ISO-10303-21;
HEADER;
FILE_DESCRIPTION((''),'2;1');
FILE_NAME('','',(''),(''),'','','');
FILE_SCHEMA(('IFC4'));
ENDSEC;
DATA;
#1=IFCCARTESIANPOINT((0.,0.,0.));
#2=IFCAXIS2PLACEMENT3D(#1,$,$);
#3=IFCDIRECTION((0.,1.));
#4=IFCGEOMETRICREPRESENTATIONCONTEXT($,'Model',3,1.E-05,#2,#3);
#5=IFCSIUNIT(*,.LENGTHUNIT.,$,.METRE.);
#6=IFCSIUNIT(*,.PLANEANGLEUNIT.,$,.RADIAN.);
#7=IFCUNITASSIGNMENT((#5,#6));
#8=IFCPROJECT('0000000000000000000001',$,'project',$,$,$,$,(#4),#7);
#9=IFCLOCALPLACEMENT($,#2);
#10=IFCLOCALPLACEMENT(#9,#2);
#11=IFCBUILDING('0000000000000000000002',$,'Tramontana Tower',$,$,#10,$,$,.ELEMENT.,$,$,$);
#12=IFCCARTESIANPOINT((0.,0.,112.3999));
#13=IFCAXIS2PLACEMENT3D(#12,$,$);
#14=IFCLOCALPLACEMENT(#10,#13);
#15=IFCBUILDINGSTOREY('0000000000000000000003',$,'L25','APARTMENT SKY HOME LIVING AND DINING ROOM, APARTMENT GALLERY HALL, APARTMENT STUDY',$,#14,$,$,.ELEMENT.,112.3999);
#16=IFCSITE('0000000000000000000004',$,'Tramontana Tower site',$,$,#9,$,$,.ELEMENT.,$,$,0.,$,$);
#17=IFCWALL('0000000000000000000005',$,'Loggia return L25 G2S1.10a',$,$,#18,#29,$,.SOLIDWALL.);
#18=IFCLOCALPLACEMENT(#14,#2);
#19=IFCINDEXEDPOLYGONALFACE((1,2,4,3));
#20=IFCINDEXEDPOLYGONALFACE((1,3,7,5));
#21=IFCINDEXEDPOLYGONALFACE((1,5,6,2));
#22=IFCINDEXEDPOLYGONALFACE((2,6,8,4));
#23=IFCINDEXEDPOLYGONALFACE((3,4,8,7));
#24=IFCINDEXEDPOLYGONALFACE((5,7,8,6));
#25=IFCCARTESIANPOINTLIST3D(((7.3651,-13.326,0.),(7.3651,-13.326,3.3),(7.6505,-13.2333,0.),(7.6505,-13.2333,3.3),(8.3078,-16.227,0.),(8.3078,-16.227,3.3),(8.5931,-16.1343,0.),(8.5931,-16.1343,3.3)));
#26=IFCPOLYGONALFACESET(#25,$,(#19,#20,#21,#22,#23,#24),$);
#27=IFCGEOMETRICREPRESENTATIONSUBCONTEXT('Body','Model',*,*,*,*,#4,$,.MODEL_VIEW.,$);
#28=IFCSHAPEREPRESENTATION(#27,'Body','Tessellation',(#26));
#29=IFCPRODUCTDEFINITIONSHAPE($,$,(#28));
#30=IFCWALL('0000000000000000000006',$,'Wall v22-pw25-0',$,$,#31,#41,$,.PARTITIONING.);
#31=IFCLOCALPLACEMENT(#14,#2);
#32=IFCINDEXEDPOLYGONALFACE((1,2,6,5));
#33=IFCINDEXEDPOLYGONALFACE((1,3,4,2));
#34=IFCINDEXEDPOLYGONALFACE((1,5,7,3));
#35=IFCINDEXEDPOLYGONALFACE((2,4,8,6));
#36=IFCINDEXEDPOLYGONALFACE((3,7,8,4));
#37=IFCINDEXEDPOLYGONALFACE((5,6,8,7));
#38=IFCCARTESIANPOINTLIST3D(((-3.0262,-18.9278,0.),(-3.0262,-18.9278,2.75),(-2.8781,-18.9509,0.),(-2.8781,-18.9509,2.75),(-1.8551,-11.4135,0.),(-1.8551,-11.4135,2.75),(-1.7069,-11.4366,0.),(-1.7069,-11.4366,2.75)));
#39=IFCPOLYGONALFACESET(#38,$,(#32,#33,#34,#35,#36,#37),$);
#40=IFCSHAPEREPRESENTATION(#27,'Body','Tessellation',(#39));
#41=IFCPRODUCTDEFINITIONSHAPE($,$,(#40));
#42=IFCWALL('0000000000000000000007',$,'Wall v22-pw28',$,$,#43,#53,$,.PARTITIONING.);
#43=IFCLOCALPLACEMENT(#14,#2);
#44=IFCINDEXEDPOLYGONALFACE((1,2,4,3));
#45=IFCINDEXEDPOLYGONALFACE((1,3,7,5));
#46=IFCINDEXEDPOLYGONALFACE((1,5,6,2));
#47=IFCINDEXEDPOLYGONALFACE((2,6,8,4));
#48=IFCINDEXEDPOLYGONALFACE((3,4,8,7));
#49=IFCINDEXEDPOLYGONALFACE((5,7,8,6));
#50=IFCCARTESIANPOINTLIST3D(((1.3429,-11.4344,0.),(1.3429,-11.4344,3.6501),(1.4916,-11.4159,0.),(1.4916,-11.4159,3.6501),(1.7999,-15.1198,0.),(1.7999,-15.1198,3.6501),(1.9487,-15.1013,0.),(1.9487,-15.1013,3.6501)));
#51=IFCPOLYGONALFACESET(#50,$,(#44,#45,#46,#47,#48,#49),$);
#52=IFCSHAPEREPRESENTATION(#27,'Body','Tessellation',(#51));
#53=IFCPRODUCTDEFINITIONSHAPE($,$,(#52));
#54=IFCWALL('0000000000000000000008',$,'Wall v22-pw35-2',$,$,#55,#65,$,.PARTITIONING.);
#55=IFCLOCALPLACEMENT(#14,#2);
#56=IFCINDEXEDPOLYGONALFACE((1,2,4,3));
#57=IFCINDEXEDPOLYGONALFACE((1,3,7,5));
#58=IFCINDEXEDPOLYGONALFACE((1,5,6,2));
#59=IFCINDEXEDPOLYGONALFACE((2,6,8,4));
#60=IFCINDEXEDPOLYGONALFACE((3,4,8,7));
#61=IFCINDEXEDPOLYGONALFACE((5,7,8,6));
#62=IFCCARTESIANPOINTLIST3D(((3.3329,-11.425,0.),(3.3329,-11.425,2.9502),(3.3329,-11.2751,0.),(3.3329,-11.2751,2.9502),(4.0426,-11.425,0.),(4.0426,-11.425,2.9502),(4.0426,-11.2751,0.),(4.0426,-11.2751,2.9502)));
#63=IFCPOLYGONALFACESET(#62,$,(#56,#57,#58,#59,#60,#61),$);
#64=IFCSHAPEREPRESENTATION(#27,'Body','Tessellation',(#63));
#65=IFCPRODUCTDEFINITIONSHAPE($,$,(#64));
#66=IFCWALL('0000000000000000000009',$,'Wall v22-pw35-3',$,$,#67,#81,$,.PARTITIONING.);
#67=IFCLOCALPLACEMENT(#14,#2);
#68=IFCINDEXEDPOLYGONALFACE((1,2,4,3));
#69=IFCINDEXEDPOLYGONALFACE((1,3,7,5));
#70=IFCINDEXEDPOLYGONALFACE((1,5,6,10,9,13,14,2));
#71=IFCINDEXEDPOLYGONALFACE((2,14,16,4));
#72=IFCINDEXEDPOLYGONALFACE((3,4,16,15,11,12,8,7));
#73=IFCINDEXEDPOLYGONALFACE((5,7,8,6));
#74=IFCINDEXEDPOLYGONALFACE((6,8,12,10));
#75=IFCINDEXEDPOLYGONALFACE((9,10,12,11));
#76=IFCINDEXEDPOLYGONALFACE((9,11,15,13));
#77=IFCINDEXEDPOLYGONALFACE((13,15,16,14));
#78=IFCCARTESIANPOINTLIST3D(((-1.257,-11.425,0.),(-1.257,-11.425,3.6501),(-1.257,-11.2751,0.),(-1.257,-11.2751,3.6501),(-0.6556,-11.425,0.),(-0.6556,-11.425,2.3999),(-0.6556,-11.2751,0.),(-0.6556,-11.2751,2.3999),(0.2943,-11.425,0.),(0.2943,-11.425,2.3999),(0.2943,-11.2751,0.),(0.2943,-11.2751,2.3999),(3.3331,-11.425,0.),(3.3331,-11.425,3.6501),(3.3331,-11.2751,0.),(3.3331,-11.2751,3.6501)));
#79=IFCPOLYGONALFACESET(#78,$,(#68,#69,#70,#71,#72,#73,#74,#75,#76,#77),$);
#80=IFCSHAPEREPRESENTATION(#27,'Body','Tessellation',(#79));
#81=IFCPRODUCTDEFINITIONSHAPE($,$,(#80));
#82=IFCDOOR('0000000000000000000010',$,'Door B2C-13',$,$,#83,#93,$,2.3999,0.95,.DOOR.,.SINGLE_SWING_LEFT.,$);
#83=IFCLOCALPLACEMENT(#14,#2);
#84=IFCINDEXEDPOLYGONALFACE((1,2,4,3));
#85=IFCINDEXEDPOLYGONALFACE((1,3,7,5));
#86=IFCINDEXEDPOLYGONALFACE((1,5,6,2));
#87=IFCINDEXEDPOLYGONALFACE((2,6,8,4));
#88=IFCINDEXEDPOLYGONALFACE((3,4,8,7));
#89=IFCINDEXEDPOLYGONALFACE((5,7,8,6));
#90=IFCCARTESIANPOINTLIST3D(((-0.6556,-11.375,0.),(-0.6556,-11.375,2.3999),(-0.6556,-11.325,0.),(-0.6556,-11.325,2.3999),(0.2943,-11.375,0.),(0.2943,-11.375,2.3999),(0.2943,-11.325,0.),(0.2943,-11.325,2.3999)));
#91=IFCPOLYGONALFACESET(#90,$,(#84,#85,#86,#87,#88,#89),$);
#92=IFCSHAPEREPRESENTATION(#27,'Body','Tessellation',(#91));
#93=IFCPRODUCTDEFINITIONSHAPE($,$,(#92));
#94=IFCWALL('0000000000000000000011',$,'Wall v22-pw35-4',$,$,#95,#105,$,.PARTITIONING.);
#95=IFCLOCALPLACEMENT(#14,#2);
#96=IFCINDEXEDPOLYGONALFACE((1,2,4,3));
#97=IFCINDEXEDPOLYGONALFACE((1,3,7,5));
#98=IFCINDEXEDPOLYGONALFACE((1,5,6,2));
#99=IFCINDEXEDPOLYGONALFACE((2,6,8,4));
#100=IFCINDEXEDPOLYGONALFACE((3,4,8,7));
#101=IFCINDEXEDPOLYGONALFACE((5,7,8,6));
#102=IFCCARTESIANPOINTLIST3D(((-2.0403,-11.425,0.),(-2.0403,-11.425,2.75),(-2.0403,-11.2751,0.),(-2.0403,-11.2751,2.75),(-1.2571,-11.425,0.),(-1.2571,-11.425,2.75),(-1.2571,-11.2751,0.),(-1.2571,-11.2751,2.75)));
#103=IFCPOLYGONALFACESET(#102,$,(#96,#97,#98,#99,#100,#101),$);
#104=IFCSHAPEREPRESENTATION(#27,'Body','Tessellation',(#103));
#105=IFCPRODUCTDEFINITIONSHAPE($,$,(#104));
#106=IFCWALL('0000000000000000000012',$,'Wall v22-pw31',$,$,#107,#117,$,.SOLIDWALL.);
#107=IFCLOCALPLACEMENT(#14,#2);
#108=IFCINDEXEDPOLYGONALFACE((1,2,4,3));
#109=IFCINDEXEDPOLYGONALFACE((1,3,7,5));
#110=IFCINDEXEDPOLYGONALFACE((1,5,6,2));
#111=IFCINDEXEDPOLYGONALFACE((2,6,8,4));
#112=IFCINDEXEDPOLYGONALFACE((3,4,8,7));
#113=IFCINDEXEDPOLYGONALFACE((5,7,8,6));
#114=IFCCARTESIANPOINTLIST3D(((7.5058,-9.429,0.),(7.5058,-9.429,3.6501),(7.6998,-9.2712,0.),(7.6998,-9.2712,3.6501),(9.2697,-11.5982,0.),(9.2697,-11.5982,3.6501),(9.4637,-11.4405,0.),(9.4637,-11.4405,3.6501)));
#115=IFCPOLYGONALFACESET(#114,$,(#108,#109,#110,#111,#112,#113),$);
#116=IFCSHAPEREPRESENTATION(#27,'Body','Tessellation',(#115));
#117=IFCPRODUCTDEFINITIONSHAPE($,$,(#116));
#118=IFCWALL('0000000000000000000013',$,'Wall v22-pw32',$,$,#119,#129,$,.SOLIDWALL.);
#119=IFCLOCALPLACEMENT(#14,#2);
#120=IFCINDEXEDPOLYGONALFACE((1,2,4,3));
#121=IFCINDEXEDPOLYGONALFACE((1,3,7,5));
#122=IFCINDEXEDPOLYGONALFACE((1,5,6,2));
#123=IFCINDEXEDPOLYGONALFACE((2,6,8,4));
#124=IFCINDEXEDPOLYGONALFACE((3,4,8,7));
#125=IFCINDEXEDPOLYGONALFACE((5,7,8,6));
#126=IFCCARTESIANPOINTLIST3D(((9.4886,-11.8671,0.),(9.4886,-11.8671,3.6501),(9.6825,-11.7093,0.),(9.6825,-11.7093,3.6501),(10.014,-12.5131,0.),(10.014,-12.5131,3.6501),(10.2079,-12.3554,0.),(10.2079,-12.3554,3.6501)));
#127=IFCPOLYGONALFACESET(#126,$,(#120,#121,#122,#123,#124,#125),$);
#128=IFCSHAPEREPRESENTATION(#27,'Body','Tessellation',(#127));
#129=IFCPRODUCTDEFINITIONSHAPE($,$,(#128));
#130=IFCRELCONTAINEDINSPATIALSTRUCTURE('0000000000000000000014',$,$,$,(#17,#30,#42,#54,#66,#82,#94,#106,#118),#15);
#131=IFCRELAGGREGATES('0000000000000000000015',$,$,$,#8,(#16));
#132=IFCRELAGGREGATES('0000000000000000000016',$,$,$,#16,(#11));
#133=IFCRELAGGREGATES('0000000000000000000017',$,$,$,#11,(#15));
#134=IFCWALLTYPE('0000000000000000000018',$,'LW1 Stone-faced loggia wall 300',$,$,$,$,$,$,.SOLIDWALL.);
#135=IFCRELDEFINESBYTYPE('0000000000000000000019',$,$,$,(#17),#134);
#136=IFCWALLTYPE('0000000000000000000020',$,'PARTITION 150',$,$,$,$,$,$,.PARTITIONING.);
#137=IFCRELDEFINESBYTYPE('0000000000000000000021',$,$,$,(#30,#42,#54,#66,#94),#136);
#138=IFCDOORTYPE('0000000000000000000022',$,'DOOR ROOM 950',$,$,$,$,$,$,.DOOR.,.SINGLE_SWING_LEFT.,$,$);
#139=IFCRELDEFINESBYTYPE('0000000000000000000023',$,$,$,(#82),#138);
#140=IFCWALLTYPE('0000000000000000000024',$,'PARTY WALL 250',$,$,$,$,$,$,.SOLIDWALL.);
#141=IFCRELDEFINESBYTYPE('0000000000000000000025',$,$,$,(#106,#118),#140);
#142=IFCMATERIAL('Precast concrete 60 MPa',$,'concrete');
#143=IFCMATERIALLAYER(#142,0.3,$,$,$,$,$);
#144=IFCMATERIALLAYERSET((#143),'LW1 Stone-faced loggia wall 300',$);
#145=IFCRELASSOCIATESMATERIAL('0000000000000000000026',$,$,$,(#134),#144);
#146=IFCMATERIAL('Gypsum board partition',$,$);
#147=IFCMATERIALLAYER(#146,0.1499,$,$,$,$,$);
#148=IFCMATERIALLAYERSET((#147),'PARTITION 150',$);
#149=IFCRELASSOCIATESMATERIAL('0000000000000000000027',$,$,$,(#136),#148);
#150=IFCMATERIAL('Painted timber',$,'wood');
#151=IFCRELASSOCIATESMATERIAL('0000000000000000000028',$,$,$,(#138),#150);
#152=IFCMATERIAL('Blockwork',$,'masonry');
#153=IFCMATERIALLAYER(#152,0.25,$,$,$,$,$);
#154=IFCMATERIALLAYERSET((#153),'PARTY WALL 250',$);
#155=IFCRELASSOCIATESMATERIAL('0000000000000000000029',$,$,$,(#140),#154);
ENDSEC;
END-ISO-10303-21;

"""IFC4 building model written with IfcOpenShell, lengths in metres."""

from ifc_helpers import new_model, si_unit, direction, frame, frame_2d, origin, place, context, subcontext, project, spatial, rectangle, extrude, material, layer, layer_set, type_object, element, fill, save


model = new_model("IFC4")

# Units and contexts
model_context = context("Model", 3, precision=1e-05, world=origin(), true_north=direction((0.0, 1.0)))
body_context = subcontext(model_context, "Body", "Model", "MODEL_VIEW")
ifc_project = project(units=[si_unit("LENGTHUNIT", "METRE"), si_unit("PLANEANGLEUNIT", "RADIAN")], contexts=[model_context])

# Site, building, storey
site_placement = place(None, origin())
site = spatial("IfcSite", under=ifc_project, at=site_placement, Name="Tramontana Tower site", CompositionType="ELEMENT", RefElevation=0.0)
building_placement = place(site_placement, origin())
building = spatial("IfcBuilding", under=site, at=building_placement, Name="Tramontana Tower", CompositionType="ELEMENT")
storey_placement = place(building_placement, frame((0.0, 0.0, 112.3999)))
storey = spatial("IfcBuildingStorey", under=building, at=storey_placement, Name="L25", Description="APARTMENT SKY HOME LIVING AND DINING ROOM, APARTMENT GALLERY HALL, APARTMENT STUDY", CompositionType="ELEMENT", Elevation=112.3999)

# Shared definitions
ifc_material_1 = material(Name="Precast concrete 60 MPa", Category="concrete")
ifc_layer_1 = layer(ifc_material_1, 0.3)
ifc_layer_set_1 = layer_set([ifc_layer_1], Name="LW1 Stone-faced loggia wall 300")
wall_type_1 = type_object("IfcWallType", Name="LW1 Stone-faced loggia wall 300", PredefinedType="SOLIDWALL", material=ifc_layer_set_1)

# Walls
wall_1_placement = place(storey_placement, frame((8.4504, -16.1807, 0.0), z_axis=(0.0, 0.0, 1.0), x_axis=(-0.309039, 0.951049, 0.0)))
element("IfcWall", 1, at=wall_1_placement, inside=storey, type_object=wall_type_1, Name="Loggia return L25 G2S1.10a", PredefinedType="SOLIDWALL", context=body_context, shape_type="SweptSolid", body=[
    extrude(rectangle(XDim=3.0503, YDim=0.3, at=frame_2d((1.5251, 0.0))), origin(), (0.0, 0.0, 1.0), 3.3),
])
ifc_material_2 = material(Name="Gypsum board partition")
ifc_layer_2 = layer(ifc_material_2, 0.1499)
ifc_layer_set_2 = layer_set([ifc_layer_2], Name="PARTITION 150")
wall_type_2 = type_object("IfcWallType", Name="PARTITION 150", PredefinedType="PARTITIONING", material=ifc_layer_set_2)
wall_2_placement = place(storey_placement, frame((-1.781, -11.425, 0.0), z_axis=(0.0, 0.0, 1.0), x_axis=(-0.153999, -0.988071, 0.0)))
element("IfcWall", 2, at=wall_2_placement, inside=storey, type_object=wall_type_2, Name="Wall v22-pw25-0", PredefinedType="PARTITIONING", context=body_context, shape_type="SweptSolid", body=[
    extrude(rectangle(XDim=7.605, YDim=0.1499, at=frame_2d((3.8025, 0.0))), origin(), (0.0, 0.0, 1.0), 2.75),
])
wall_3_placement = place(storey_placement, frame((1.4172, -11.425, 0.0), z_axis=(0.0, 0.0, 1.0), x_axis=(0.123072, -0.992398, 0.0)))
element("IfcWall", 3, at=wall_3_placement, inside=storey, type_object=wall_type_2, Name="Wall v22-pw28", PredefinedType="PARTITIONING", context=body_context, shape_type="SweptSolid", body=[
    extrude(rectangle(XDim=3.7136, YDim=0.1499, at=frame_2d((1.8569, 0.0))), origin(), (0.0, 0.0, 1.0), 3.6501),
])
wall_4_placement = place(storey_placement, frame((4.0427, -11.3501, 0.0), z_axis=(0.0, 0.0, 1.0), x_axis=(-1.0, 0.0, 0.0)))
element("IfcWall", 4, at=wall_4_placement, inside=storey, type_object=wall_type_2, Name="Wall v22-pw35-2", PredefinedType="PARTITIONING", context=body_context, shape_type="SweptSolid", body=[
    extrude(rectangle(XDim=0.7097, YDim=0.1499, at=frame_2d((0.355, 0.0))), origin(), (0.0, 0.0, 1.0), 2.9502),
])

# Wall, opening, door
wall_5_placement = place(storey_placement, frame((3.333, -11.3501, 0.0), z_axis=(0.0, 0.0, 1.0), x_axis=(-1.0, 0.0, 0.0)))
wall_5 = element("IfcWall", 5, at=wall_5_placement, inside=storey, type_object=wall_type_2, Name="Wall v22-pw35-3", PredefinedType="PARTITIONING", context=body_context, shape_type="SweptSolid", body=[
    extrude(rectangle(XDim=4.5901, YDim=0.1499, at=frame_2d((2.2949, 0.0))), origin(), (0.0, 0.0, 1.0), 3.6501),
])
opening_1_placement = place(wall_5_placement, frame((3.0386, 0.0, 0.0)))
opening_1 = element("IfcOpeningElement", 6, at=opening_1_placement, cuts=wall_5, PredefinedType="OPENING", context=body_context, shape_type="SweptSolid", body=[
    extrude(rectangle(XDim=0.95, YDim=2.3999, at=frame_2d((0.4751, 1.2))), frame((0.0, 0.085, 0.0), z_axis=(0.0, -1.0, 0.0), x_axis=(1.0, 0.0, 0.0)), (0.0, 0.0, 1.0), 0.1699),
])
ifc_material_3 = material(Name="Painted timber", Category="wood")
door_type_1 = type_object("IfcDoorType", Name="DOOR ROOM 950", OperationType="SINGLE_SWING_LEFT", PredefinedType="DOOR", material=ifc_material_3)
door_1_placement = place(opening_1_placement, origin())
door_1 = element("IfcDoor", 7, at=door_1_placement, inside=storey, type_object=door_type_1, Name="Door B2C-13", OperationType="SINGLE_SWING_LEFT", OverallHeight=2.3999, OverallWidth=0.95, PredefinedType="DOOR", context=body_context, shape_type="SweptSolid", body=[
    extrude(rectangle(XDim=0.95, YDim=2.3999, at=frame_2d((0.4751, 1.2))), frame((0.0, 0.0249, 0.0), z_axis=(0.0, -1.0, 0.0), x_axis=(1.0, 0.0, 0.0)), (0.0, 0.0, 1.0), 0.05),
])
fill(opening_1, door_1)

# Wall
wall_6_placement = place(storey_placement, frame((-1.2571, -11.3501, 0.0), z_axis=(0.0, 0.0, 1.0), x_axis=(-1.0, 0.0, 0.0)))
element("IfcWall", 8, at=wall_6_placement, inside=storey, type_object=wall_type_2, Name="Wall v22-pw35-4", PredefinedType="PARTITIONING", context=body_context, shape_type="SweptSolid", body=[
    extrude(rectangle(XDim=0.7832, YDim=0.1499, at=frame_2d((0.3916, 0.0))), origin(), (0.0, 0.0, 1.0), 2.75),
])

# Walls
ifc_material_4 = material(Name="Blockwork", Category="masonry")
ifc_layer_3 = layer(ifc_material_4, 0.25)
ifc_layer_set_3 = layer_set([ifc_layer_3], Name="PARTY WALL 250")
wall_type_3 = type_object("IfcWallType", Name="PARTY WALL 250", PredefinedType="SOLIDWALL", material=ifc_layer_set_3)
wall_7_placement = place(storey_placement, frame((7.6028, -9.3501, 0.0), z_axis=(0.0, 0.0, 1.0), x_axis=(0.630905, -0.77586, 0.0)))
element("IfcWall", 9, at=wall_7_placement, inside=storey, type_object=wall_type_3, Name="Wall v22-pw31", PredefinedType="SOLIDWALL", context=body_context, shape_type="SweptSolid", body=[
    extrude(rectangle(XDim=2.7959, YDim=0.25, at=frame_2d((1.3979, 0.0))), origin(), (0.0, 0.0, 1.0), 3.6501),
])
wall_8_placement = place(storey_placement, frame((9.5854, -11.7881, 0.0), z_axis=(0.0, 0.0, 1.0), x_axis=(0.630968, -0.775809, 0.0)))
element("IfcWall", 10, at=wall_8_placement, inside=storey, type_object=wall_type_3, Name="Wall v22-pw32", PredefinedType="SOLIDWALL", context=body_context, shape_type="SweptSolid", body=[
    extrude(rectangle(XDim=0.8328, YDim=0.25, at=frame_2d((0.4165, 0.0))), origin(), (0.0, 0.0, 1.0), 3.6501),
])

save(model, "model.ifc")
